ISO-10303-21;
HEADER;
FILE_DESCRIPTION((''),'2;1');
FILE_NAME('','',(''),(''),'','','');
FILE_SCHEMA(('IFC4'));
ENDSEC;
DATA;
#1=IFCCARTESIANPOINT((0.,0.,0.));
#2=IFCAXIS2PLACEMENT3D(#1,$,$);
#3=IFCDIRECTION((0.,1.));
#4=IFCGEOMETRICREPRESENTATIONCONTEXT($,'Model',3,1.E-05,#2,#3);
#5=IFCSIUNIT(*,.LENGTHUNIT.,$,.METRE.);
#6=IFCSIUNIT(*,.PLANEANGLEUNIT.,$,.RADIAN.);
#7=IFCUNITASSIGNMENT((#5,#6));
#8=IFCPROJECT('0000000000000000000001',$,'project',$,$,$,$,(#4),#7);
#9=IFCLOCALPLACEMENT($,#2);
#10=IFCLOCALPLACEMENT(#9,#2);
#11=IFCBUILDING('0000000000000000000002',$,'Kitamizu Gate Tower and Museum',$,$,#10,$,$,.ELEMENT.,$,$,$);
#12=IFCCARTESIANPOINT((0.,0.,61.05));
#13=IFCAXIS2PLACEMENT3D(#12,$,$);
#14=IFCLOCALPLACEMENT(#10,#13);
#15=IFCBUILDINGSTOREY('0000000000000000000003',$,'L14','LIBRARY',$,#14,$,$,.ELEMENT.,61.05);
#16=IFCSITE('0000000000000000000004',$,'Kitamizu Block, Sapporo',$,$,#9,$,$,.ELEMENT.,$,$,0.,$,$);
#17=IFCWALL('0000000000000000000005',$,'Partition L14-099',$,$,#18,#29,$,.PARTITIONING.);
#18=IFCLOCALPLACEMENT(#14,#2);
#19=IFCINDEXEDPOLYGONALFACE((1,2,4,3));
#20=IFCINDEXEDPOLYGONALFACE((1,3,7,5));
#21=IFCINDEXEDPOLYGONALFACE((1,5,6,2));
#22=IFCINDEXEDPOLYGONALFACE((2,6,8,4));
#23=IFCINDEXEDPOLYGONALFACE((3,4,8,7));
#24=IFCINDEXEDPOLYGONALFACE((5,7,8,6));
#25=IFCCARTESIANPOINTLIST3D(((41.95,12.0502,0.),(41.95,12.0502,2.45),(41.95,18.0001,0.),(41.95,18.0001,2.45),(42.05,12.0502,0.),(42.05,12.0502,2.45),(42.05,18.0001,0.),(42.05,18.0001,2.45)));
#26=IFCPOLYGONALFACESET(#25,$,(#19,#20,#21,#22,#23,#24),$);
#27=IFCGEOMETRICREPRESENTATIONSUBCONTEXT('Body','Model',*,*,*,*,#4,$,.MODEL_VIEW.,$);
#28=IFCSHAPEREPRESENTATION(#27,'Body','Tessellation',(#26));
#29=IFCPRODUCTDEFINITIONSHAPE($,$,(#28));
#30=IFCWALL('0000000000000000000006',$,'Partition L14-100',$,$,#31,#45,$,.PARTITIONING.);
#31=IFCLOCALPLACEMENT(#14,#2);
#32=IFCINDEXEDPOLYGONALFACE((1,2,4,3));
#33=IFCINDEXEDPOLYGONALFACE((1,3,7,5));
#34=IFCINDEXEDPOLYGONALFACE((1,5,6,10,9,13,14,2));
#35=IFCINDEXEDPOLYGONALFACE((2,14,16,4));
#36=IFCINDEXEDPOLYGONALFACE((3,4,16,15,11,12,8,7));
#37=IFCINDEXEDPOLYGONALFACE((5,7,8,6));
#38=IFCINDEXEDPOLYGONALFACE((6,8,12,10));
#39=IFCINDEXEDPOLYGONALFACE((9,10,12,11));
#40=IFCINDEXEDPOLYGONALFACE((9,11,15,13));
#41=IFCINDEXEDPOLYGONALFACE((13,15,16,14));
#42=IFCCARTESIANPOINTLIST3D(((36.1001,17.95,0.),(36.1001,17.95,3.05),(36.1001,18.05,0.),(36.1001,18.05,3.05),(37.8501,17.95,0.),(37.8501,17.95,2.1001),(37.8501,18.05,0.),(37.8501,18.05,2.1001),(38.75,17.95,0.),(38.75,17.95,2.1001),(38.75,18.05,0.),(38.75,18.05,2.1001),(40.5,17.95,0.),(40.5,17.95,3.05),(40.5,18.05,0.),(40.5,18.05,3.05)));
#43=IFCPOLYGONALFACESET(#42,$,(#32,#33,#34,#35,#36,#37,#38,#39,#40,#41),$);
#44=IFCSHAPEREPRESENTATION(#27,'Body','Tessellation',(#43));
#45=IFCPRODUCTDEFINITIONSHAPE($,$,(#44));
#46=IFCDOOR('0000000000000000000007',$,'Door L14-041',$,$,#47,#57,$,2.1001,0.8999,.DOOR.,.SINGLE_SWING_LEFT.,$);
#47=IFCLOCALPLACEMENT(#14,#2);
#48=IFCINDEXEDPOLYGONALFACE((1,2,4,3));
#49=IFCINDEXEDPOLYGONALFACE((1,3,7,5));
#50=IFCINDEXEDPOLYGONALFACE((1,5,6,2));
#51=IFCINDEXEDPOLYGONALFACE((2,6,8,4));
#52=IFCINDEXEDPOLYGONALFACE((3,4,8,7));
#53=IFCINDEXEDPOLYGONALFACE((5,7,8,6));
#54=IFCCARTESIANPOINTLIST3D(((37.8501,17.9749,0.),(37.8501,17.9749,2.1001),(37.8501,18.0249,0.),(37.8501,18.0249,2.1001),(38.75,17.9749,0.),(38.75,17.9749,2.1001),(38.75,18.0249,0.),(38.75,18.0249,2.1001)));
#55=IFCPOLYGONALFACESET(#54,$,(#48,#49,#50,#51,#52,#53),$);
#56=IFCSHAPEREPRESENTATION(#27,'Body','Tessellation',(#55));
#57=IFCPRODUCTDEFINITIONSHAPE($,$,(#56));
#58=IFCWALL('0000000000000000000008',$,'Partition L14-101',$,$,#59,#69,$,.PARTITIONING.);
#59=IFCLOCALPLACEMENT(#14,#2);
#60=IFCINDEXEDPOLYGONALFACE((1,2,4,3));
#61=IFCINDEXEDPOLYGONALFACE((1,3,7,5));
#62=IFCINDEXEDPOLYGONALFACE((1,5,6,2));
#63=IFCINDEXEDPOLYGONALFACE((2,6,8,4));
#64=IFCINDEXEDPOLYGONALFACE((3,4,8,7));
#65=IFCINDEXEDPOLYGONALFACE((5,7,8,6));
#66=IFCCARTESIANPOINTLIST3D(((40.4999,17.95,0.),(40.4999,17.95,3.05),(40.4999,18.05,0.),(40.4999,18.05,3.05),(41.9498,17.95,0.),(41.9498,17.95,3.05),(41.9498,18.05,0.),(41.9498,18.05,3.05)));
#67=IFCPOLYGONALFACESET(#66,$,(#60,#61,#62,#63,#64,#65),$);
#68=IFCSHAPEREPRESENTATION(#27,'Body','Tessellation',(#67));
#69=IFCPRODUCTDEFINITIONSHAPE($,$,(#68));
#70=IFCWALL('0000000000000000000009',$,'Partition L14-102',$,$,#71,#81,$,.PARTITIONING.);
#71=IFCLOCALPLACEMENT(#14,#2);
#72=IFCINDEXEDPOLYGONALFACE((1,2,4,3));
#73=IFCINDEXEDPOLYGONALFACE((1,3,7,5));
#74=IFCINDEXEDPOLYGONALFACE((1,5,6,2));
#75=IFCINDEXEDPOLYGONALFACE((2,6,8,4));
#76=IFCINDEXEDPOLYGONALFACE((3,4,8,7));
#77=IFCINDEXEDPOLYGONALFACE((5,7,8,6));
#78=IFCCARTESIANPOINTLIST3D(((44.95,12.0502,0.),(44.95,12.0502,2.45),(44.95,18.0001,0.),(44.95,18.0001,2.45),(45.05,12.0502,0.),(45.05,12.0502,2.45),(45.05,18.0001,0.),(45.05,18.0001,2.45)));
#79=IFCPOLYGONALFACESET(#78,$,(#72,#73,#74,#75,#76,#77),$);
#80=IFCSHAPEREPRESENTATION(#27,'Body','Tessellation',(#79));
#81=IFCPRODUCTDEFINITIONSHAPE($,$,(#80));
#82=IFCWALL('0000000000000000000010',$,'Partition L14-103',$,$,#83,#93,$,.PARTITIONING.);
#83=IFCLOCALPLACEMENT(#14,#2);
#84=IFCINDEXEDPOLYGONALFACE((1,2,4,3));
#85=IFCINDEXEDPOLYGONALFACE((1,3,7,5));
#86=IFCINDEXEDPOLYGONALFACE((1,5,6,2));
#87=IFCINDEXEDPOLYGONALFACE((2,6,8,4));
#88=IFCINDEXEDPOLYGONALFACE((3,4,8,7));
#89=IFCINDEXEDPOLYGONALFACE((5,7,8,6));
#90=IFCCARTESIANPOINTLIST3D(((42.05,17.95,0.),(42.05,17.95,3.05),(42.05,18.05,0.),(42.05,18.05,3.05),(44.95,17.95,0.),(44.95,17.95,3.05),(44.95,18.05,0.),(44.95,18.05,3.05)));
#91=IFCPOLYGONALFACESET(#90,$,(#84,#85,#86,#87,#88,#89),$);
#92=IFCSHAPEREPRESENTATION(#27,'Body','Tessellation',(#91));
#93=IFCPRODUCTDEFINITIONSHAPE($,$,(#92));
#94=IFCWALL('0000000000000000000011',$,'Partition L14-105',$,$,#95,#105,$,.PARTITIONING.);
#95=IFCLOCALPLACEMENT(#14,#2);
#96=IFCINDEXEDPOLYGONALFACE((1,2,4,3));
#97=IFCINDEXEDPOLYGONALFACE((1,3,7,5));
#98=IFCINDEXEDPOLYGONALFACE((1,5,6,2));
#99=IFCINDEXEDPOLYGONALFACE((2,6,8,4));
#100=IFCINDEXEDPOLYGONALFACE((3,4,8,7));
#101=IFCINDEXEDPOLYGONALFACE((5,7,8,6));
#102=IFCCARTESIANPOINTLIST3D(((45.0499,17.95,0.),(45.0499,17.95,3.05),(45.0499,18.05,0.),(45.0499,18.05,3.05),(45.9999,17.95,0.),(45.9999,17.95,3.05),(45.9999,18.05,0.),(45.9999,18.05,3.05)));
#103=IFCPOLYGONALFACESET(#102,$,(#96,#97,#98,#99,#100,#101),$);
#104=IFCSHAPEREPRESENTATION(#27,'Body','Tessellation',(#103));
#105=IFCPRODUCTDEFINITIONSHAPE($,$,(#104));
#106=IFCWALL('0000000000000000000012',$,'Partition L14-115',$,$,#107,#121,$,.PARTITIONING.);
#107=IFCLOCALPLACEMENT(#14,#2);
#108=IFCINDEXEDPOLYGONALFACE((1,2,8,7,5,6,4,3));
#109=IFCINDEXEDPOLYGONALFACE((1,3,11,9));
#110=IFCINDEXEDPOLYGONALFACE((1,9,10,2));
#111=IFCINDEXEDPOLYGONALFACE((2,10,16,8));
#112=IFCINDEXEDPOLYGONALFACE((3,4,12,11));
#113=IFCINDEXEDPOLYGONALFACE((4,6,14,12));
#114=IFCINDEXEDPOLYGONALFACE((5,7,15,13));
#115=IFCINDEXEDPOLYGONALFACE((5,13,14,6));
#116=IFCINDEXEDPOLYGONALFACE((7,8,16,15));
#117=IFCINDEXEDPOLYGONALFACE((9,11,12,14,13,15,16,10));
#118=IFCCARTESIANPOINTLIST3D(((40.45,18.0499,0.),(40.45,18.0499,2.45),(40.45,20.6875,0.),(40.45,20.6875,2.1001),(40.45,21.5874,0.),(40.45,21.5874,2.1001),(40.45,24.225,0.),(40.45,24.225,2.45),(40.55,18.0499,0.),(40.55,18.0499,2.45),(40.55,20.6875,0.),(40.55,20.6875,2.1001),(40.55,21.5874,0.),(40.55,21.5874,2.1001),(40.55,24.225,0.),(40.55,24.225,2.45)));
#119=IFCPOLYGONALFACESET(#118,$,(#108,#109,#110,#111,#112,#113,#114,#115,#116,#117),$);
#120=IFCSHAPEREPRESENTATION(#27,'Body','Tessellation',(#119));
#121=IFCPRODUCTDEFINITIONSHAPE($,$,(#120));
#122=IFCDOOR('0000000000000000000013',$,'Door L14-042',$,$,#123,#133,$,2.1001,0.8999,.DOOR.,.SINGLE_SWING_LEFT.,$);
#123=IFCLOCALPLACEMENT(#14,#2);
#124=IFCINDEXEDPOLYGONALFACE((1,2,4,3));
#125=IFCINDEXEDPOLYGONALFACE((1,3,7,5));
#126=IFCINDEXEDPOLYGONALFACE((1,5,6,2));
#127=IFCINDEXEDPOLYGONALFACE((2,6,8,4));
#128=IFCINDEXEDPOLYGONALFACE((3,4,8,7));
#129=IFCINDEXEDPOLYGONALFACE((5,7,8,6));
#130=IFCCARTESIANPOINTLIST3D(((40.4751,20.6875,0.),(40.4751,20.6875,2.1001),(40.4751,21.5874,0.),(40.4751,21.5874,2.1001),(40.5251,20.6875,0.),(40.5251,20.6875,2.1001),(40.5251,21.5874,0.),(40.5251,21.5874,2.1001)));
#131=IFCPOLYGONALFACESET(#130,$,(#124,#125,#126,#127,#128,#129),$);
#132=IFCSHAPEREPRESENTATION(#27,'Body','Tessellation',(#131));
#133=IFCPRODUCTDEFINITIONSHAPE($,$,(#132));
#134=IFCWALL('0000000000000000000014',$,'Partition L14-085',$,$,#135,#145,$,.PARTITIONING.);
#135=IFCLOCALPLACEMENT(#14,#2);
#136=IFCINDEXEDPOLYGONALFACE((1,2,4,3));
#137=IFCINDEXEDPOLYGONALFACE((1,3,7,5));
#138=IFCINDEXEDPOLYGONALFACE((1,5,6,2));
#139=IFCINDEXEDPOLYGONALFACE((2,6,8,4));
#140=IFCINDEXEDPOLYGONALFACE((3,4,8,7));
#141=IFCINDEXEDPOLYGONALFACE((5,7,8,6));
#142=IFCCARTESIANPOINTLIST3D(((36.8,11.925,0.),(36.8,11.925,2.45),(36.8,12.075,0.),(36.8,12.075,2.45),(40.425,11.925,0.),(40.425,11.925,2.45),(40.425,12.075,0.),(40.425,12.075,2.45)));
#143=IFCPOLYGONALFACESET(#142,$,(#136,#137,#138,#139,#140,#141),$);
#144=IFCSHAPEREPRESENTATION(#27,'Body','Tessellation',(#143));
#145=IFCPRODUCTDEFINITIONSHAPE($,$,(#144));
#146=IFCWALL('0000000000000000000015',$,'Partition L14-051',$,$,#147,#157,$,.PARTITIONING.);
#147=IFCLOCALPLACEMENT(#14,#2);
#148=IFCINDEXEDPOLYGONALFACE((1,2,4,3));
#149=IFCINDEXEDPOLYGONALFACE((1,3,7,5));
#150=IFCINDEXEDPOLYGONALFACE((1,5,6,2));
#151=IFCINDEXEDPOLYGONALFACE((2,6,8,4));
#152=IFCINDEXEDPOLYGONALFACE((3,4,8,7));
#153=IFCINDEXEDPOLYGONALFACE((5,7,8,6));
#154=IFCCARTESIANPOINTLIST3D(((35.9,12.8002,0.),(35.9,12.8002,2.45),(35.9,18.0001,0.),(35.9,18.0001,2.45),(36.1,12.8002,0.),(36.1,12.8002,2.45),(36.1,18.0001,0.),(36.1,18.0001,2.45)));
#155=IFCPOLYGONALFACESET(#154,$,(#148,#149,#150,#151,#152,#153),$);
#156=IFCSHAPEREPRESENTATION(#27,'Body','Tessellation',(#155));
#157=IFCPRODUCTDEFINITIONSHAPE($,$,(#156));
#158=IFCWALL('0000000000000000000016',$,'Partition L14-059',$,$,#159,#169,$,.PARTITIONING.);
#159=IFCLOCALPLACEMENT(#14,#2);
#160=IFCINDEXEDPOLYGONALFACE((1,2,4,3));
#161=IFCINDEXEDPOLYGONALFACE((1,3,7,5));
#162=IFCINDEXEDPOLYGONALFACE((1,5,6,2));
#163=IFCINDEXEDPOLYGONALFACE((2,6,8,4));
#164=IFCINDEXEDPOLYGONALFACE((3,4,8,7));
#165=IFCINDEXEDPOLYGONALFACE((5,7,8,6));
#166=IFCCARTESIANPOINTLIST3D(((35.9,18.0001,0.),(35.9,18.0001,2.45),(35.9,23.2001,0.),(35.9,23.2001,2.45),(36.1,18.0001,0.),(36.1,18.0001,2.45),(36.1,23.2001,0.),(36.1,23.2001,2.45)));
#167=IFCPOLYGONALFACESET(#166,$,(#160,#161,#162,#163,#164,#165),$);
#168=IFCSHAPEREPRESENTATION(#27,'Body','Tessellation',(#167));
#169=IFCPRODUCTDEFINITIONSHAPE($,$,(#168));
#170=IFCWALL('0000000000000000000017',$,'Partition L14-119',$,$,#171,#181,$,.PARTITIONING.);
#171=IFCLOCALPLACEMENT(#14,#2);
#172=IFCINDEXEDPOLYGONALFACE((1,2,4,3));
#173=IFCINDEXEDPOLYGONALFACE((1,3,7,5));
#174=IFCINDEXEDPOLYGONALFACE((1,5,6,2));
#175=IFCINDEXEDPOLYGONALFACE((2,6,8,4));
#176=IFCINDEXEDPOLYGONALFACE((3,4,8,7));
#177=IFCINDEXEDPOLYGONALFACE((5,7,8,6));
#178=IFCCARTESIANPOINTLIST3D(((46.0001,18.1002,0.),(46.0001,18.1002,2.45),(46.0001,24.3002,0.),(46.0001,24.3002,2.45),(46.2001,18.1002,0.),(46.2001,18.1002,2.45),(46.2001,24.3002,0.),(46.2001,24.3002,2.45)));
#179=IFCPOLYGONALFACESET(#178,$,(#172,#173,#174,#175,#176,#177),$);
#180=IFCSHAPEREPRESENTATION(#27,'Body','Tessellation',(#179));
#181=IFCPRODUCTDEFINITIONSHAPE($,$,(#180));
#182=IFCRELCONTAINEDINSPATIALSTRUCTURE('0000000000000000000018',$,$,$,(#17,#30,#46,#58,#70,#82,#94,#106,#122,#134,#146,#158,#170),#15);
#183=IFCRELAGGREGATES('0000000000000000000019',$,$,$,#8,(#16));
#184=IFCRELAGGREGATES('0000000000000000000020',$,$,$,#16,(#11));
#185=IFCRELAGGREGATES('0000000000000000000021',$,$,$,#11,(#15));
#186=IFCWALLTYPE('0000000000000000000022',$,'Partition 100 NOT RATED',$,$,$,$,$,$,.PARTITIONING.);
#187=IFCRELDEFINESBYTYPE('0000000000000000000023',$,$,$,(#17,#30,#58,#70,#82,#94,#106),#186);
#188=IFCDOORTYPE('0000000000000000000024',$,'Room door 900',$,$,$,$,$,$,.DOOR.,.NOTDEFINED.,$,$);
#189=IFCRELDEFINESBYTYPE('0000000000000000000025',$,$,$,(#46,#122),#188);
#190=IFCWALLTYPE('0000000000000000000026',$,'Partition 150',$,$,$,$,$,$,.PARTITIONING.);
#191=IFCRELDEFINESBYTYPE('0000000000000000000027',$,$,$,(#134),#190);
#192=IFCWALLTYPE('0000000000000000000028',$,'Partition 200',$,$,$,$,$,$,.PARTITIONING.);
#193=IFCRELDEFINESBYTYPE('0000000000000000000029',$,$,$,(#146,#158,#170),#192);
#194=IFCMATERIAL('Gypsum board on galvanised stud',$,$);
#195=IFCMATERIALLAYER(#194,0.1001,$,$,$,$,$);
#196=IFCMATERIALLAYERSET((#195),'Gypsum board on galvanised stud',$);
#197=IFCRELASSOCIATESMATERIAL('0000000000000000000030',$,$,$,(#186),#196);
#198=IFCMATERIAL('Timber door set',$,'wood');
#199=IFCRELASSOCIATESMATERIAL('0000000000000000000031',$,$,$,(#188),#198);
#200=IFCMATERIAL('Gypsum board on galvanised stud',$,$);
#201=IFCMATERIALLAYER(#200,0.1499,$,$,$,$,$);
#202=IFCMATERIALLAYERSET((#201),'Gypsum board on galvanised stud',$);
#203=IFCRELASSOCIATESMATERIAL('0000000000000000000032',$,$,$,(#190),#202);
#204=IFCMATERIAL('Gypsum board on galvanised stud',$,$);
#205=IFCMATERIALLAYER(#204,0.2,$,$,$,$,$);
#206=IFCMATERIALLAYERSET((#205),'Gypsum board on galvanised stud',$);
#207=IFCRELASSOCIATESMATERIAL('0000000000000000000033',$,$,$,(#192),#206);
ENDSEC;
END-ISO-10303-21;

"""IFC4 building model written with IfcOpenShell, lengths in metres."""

from ifc_helpers import new_model, si_unit, direction, frame, frame_2d, origin, place, context, subcontext, project, spatial, rectangle, extrude, material, layer, layer_set, type_object, element, fill, save


model = new_model("IFC4")

# Units and contexts
model_context = context("Model", 3, precision=1e-05, world=origin(), true_north=direction((0.0, 1.0)))
body_context = subcontext(model_context, "Body", "Model", "MODEL_VIEW")
ifc_project = project(units=[si_unit("LENGTHUNIT", "METRE"), si_unit("PLANEANGLEUNIT", "RADIAN")], contexts=[model_context])

# Site, building, storey
site_placement = place(None, origin())
site = spatial("IfcSite", under=ifc_project, at=site_placement, Name="Kitamizu Block, Sapporo", CompositionType="ELEMENT", RefElevation=0.0)
building_placement = place(site_placement, origin())
building = spatial("IfcBuilding", under=site, at=building_placement, Name="Kitamizu Gate Tower and Museum", CompositionType="ELEMENT")
storey_placement = place(building_placement, frame((0.0, 0.0, 61.05)))
storey = spatial("IfcBuildingStorey", under=building, at=storey_placement, Name="L14", Description="LIBRARY", CompositionType="ELEMENT", Elevation=61.05)

# Shared definitions
ifc_material_1 = material(Name="Gypsum board on galvanised stud")
ifc_layer_1 = layer(ifc_material_1, 0.1001)
ifc_layer_set_1 = layer_set([ifc_layer_1], Name="Gypsum board on galvanised stud")
wall_type_1 = type_object("IfcWallType", Name="Partition 100 NOT RATED", PredefinedType="PARTITIONING", material=ifc_layer_set_1)

# Shared definitions
ifc_material_2 = material(Name="Timber door set", Category="wood")
door_type_1 = type_object("IfcDoorType", Name="Room door 900", OperationType="NOTDEFINED", PredefinedType="DOOR", material=ifc_material_2)

# Wall
wall_1_placement = place(storey_placement, frame((42.0, 12.05, 0.0), z_axis=(0.0, 0.0, 1.0), x_axis=(0.0, 1.0, 0.0)))
element("IfcWall", 1, at=wall_1_placement, inside=storey, type_object=wall_type_1, Name="Partition L14-099", PredefinedType="PARTITIONING", context=body_context, shape_type="SweptSolid", body=[
    extrude(rectangle(XDim=5.95, YDim=0.1001, at=frame_2d((2.9751, 0.0))), origin(), (0.0, 0.0, 1.0), 2.45),
])

# Wall, opening, door
wall_2_placement = place(storey_placement, frame((40.5, 18.0, 0.0), z_axis=(0.0, 0.0, 1.0), x_axis=(-1.0, 0.0, 0.0)))
wall_2 = element("IfcWall", 2, at=wall_2_placement, inside=storey, type_object=wall_type_1, Name="Partition L14-100", PredefinedType="PARTITIONING", context=body_context, shape_type="SweptSolid", body=[
    extrude(rectangle(XDim=4.3999, YDim=0.1001, at=frame_2d((2.2, 0.0))), origin(), (0.0, 0.0, 1.0), 3.05),
])
opening_1_placement = place(wall_2_placement, frame((1.75, 0.0, 0.0)))
opening_1 = element("IfcOpeningElement", 3, at=opening_1_placement, cuts=wall_2, PredefinedType="OPENING", context=body_context, shape_type="SweptSolid", body=[
    extrude(rectangle(XDim=0.8999, YDim=2.1001, at=frame_2d((0.45, 1.05))), frame((0.0, 0.0601, 0.0), z_axis=(0.0, -1.0, 0.0), x_axis=(1.0, 0.0, 0.0)), (0.0, 0.0, 1.0), 0.1201),
])
door_1_placement = place(opening_1_placement, frame((0.8999, 0.0, 0.0), x_axis=(-1.0, 0.0, 0.0)))
door_1 = element("IfcDoor", 4, at=door_1_placement, inside=storey, type_object=door_type_1, Name="Door L14-041", OperationType="SINGLE_SWING_LEFT", OverallHeight=2.1001, OverallWidth=0.8999, PredefinedType="DOOR", context=body_context, shape_type="SweptSolid", body=[
    extrude(rectangle(XDim=0.8999, YDim=2.1001, at=frame_2d((0.45, 1.05))), frame((0.0, 0.0249, 0.0), z_axis=(0.0, -1.0, 0.0), x_axis=(1.0, 0.0, 0.0)), (0.0, 0.0, 1.0), 0.05),
])
fill(opening_1, door_1)

# Walls
wall_3_placement = place(storey_placement, frame((41.95, 18.0, 0.0), z_axis=(0.0, 0.0, 1.0), x_axis=(-1.0, 0.0, 0.0)))
element("IfcWall", 5, at=wall_3_placement, inside=storey, type_object=wall_type_1, Name="Partition L14-101", PredefinedType="PARTITIONING", context=body_context, shape_type="SweptSolid", body=[
    extrude(rectangle(XDim=1.45, YDim=0.1001, at=frame_2d((0.7251, 0.0))), origin(), (0.0, 0.0, 1.0), 3.05),
])
wall_4_placement = place(storey_placement, frame((45.0, 12.05, 0.0), z_axis=(0.0, 0.0, 1.0), x_axis=(0.0, 1.0, 0.0)))
element("IfcWall", 6, at=wall_4_placement, inside=storey, type_object=wall_type_1, Name="Partition L14-102", PredefinedType="PARTITIONING", context=body_context, shape_type="SweptSolid", body=[
    extrude(rectangle(XDim=5.95, YDim=0.1001, at=frame_2d((2.9751, 0.0))), origin(), (0.0, 0.0, 1.0), 2.45),
])
wall_5_placement = place(storey_placement, frame((44.95, 18.0, 0.0), z_axis=(0.0, 0.0, 1.0), x_axis=(-1.0, 0.0, 0.0)))
element("IfcWall", 7, at=wall_5_placement, inside=storey, type_object=wall_type_1, Name="Partition L14-103", PredefinedType="PARTITIONING", context=body_context, shape_type="SweptSolid", body=[
    extrude(rectangle(XDim=2.8999, YDim=0.1001, at=frame_2d((1.45, 0.0))), origin(), (0.0, 0.0, 1.0), 3.05),
])
wall_6_placement = place(storey_placement, frame((46.0, 18.0, 0.0), z_axis=(0.0, 0.0, 1.0), x_axis=(-1.0, 0.0, 0.0)))
element("IfcWall", 8, at=wall_6_placement, inside=storey, type_object=wall_type_1, Name="Partition L14-105", PredefinedType="PARTITIONING", context=body_context, shape_type="SweptSolid", body=[
    extrude(rectangle(XDim=0.95, YDim=0.1001, at=frame_2d((0.4751, 0.0))), origin(), (0.0, 0.0, 1.0), 3.05),
])

# Wall, opening, door
wall_7_placement = place(storey_placement, frame((40.5, 18.05, 0.0), z_axis=(0.0, 0.0, 1.0), x_axis=(0.0, 1.0, 0.0)))
wall_7 = element("IfcWall", 9, at=wall_7_placement, inside=storey, type_object=wall_type_1, Name="Partition L14-115", PredefinedType="PARTITIONING", context=body_context, shape_type="SweptSolid", body=[
    extrude(rectangle(XDim=6.175, YDim=0.1001, at=frame_2d((3.0874, 0.0))), origin(), (0.0, 0.0, 1.0), 2.45),
])
opening_2_placement = place(wall_7_placement, frame((2.6375, 0.0, 0.0)))
opening_2 = element("IfcOpeningElement", 10, at=opening_2_placement, cuts=wall_7, PredefinedType="OPENING", context=body_context, shape_type="SweptSolid", body=[
    extrude(rectangle(XDim=0.8999, YDim=2.1001, at=frame_2d((0.45, 1.05))), frame((0.0, 0.0601, 0.0), z_axis=(0.0, -1.0, 0.0), x_axis=(1.0, 0.0, 0.0)), (0.0, 0.0, 1.0), 0.1201),
])
door_2_placement = place(opening_2_placement, origin())
door_2 = element("IfcDoor", 11, at=door_2_placement, inside=storey, type_object=door_type_1, Name="Door L14-042", OperationType="SINGLE_SWING_LEFT", OverallHeight=2.1001, OverallWidth=0.8999, PredefinedType="DOOR", context=body_context, shape_type="SweptSolid", body=[
    extrude(rectangle(XDim=0.8999, YDim=2.1001, at=frame_2d((0.45, 1.05))), frame((0.0, 0.0249, 0.0), z_axis=(0.0, -1.0, 0.0), x_axis=(1.0, 0.0, 0.0)), (0.0, 0.0, 1.0), 0.05),
])
fill(opening_2, door_2)

# Walls
ifc_material_3 = material(Name="Gypsum board on galvanised stud")
ifc_layer_2 = layer(ifc_material_3, 0.1499)
ifc_layer_set_2 = layer_set([ifc_layer_2], Name="Gypsum board on galvanised stud")
wall_type_2 = type_object("IfcWallType", Name="Partition 150", PredefinedType="PARTITIONING", material=ifc_layer_set_2)
wall_8_placement = place(storey_placement, frame((40.425, 12.0, 0.0), z_axis=(0.0, 0.0, 1.0), x_axis=(-1.0, 0.0, 0.0)))
element("IfcWall", 12, at=wall_8_placement, inside=storey, type_object=wall_type_2, Name="Partition L14-085", PredefinedType="PARTITIONING", context=body_context, shape_type="SweptSolid", body=[
    extrude(rectangle(XDim=3.625, YDim=0.1499, at=frame_2d((1.8125, 0.0))), origin(), (0.0, 0.0, 1.0), 2.45),
])
ifc_material_4 = material(Name="Gypsum board on galvanised stud")
ifc_layer_3 = layer(ifc_material_4, 0.2)
ifc_layer_set_3 = layer_set([ifc_layer_3], Name="Gypsum board on galvanised stud")
wall_type_3 = type_object("IfcWallType", Name="Partition 200", PredefinedType="PARTITIONING", material=ifc_layer_set_3)
for number, where, z_axis, x_axis, name in (
    (13, (36.0, 12.8, 0.0), (0.0, 0.0, 1.0), (0.0, 1.0, 0.0), "Partition L14-051"),
    (14, (36.0, 18.0, 0.0), (0.0, 0.0, 1.0), (0.0, 1.0, 0.0), "Partition L14-059"),
):
    element("IfcWall", number, at=place(storey_placement, frame(where, z_axis=z_axis, x_axis=x_axis)), inside=storey, type_object=wall_type_3, Name=name, PredefinedType="PARTITIONING", context=body_context, shape_type="SweptSolid", body=[
        extrude(rectangle(XDim=5.2, YDim=0.2, at=frame_2d((2.6001, 0.0))), origin(), (0.0, 0.0, 1.0), 2.45),
    ])
wall_9_placement = place(storey_placement, frame((46.1001, 18.1001, 0.0), z_axis=(0.0, 0.0, 1.0), x_axis=(0.0, 1.0, 0.0)))
element("IfcWall", 15, at=wall_9_placement, inside=storey, type_object=wall_type_3, Name="Partition L14-119", PredefinedType="PARTITIONING", context=body_context, shape_type="SweptSolid", body=[
    extrude(rectangle(XDim=6.2, YDim=0.2, at=frame_2d((3.1001, 0.0))), origin(), (0.0, 0.0, 1.0), 2.45),
])

save(model, "model.ifc")
